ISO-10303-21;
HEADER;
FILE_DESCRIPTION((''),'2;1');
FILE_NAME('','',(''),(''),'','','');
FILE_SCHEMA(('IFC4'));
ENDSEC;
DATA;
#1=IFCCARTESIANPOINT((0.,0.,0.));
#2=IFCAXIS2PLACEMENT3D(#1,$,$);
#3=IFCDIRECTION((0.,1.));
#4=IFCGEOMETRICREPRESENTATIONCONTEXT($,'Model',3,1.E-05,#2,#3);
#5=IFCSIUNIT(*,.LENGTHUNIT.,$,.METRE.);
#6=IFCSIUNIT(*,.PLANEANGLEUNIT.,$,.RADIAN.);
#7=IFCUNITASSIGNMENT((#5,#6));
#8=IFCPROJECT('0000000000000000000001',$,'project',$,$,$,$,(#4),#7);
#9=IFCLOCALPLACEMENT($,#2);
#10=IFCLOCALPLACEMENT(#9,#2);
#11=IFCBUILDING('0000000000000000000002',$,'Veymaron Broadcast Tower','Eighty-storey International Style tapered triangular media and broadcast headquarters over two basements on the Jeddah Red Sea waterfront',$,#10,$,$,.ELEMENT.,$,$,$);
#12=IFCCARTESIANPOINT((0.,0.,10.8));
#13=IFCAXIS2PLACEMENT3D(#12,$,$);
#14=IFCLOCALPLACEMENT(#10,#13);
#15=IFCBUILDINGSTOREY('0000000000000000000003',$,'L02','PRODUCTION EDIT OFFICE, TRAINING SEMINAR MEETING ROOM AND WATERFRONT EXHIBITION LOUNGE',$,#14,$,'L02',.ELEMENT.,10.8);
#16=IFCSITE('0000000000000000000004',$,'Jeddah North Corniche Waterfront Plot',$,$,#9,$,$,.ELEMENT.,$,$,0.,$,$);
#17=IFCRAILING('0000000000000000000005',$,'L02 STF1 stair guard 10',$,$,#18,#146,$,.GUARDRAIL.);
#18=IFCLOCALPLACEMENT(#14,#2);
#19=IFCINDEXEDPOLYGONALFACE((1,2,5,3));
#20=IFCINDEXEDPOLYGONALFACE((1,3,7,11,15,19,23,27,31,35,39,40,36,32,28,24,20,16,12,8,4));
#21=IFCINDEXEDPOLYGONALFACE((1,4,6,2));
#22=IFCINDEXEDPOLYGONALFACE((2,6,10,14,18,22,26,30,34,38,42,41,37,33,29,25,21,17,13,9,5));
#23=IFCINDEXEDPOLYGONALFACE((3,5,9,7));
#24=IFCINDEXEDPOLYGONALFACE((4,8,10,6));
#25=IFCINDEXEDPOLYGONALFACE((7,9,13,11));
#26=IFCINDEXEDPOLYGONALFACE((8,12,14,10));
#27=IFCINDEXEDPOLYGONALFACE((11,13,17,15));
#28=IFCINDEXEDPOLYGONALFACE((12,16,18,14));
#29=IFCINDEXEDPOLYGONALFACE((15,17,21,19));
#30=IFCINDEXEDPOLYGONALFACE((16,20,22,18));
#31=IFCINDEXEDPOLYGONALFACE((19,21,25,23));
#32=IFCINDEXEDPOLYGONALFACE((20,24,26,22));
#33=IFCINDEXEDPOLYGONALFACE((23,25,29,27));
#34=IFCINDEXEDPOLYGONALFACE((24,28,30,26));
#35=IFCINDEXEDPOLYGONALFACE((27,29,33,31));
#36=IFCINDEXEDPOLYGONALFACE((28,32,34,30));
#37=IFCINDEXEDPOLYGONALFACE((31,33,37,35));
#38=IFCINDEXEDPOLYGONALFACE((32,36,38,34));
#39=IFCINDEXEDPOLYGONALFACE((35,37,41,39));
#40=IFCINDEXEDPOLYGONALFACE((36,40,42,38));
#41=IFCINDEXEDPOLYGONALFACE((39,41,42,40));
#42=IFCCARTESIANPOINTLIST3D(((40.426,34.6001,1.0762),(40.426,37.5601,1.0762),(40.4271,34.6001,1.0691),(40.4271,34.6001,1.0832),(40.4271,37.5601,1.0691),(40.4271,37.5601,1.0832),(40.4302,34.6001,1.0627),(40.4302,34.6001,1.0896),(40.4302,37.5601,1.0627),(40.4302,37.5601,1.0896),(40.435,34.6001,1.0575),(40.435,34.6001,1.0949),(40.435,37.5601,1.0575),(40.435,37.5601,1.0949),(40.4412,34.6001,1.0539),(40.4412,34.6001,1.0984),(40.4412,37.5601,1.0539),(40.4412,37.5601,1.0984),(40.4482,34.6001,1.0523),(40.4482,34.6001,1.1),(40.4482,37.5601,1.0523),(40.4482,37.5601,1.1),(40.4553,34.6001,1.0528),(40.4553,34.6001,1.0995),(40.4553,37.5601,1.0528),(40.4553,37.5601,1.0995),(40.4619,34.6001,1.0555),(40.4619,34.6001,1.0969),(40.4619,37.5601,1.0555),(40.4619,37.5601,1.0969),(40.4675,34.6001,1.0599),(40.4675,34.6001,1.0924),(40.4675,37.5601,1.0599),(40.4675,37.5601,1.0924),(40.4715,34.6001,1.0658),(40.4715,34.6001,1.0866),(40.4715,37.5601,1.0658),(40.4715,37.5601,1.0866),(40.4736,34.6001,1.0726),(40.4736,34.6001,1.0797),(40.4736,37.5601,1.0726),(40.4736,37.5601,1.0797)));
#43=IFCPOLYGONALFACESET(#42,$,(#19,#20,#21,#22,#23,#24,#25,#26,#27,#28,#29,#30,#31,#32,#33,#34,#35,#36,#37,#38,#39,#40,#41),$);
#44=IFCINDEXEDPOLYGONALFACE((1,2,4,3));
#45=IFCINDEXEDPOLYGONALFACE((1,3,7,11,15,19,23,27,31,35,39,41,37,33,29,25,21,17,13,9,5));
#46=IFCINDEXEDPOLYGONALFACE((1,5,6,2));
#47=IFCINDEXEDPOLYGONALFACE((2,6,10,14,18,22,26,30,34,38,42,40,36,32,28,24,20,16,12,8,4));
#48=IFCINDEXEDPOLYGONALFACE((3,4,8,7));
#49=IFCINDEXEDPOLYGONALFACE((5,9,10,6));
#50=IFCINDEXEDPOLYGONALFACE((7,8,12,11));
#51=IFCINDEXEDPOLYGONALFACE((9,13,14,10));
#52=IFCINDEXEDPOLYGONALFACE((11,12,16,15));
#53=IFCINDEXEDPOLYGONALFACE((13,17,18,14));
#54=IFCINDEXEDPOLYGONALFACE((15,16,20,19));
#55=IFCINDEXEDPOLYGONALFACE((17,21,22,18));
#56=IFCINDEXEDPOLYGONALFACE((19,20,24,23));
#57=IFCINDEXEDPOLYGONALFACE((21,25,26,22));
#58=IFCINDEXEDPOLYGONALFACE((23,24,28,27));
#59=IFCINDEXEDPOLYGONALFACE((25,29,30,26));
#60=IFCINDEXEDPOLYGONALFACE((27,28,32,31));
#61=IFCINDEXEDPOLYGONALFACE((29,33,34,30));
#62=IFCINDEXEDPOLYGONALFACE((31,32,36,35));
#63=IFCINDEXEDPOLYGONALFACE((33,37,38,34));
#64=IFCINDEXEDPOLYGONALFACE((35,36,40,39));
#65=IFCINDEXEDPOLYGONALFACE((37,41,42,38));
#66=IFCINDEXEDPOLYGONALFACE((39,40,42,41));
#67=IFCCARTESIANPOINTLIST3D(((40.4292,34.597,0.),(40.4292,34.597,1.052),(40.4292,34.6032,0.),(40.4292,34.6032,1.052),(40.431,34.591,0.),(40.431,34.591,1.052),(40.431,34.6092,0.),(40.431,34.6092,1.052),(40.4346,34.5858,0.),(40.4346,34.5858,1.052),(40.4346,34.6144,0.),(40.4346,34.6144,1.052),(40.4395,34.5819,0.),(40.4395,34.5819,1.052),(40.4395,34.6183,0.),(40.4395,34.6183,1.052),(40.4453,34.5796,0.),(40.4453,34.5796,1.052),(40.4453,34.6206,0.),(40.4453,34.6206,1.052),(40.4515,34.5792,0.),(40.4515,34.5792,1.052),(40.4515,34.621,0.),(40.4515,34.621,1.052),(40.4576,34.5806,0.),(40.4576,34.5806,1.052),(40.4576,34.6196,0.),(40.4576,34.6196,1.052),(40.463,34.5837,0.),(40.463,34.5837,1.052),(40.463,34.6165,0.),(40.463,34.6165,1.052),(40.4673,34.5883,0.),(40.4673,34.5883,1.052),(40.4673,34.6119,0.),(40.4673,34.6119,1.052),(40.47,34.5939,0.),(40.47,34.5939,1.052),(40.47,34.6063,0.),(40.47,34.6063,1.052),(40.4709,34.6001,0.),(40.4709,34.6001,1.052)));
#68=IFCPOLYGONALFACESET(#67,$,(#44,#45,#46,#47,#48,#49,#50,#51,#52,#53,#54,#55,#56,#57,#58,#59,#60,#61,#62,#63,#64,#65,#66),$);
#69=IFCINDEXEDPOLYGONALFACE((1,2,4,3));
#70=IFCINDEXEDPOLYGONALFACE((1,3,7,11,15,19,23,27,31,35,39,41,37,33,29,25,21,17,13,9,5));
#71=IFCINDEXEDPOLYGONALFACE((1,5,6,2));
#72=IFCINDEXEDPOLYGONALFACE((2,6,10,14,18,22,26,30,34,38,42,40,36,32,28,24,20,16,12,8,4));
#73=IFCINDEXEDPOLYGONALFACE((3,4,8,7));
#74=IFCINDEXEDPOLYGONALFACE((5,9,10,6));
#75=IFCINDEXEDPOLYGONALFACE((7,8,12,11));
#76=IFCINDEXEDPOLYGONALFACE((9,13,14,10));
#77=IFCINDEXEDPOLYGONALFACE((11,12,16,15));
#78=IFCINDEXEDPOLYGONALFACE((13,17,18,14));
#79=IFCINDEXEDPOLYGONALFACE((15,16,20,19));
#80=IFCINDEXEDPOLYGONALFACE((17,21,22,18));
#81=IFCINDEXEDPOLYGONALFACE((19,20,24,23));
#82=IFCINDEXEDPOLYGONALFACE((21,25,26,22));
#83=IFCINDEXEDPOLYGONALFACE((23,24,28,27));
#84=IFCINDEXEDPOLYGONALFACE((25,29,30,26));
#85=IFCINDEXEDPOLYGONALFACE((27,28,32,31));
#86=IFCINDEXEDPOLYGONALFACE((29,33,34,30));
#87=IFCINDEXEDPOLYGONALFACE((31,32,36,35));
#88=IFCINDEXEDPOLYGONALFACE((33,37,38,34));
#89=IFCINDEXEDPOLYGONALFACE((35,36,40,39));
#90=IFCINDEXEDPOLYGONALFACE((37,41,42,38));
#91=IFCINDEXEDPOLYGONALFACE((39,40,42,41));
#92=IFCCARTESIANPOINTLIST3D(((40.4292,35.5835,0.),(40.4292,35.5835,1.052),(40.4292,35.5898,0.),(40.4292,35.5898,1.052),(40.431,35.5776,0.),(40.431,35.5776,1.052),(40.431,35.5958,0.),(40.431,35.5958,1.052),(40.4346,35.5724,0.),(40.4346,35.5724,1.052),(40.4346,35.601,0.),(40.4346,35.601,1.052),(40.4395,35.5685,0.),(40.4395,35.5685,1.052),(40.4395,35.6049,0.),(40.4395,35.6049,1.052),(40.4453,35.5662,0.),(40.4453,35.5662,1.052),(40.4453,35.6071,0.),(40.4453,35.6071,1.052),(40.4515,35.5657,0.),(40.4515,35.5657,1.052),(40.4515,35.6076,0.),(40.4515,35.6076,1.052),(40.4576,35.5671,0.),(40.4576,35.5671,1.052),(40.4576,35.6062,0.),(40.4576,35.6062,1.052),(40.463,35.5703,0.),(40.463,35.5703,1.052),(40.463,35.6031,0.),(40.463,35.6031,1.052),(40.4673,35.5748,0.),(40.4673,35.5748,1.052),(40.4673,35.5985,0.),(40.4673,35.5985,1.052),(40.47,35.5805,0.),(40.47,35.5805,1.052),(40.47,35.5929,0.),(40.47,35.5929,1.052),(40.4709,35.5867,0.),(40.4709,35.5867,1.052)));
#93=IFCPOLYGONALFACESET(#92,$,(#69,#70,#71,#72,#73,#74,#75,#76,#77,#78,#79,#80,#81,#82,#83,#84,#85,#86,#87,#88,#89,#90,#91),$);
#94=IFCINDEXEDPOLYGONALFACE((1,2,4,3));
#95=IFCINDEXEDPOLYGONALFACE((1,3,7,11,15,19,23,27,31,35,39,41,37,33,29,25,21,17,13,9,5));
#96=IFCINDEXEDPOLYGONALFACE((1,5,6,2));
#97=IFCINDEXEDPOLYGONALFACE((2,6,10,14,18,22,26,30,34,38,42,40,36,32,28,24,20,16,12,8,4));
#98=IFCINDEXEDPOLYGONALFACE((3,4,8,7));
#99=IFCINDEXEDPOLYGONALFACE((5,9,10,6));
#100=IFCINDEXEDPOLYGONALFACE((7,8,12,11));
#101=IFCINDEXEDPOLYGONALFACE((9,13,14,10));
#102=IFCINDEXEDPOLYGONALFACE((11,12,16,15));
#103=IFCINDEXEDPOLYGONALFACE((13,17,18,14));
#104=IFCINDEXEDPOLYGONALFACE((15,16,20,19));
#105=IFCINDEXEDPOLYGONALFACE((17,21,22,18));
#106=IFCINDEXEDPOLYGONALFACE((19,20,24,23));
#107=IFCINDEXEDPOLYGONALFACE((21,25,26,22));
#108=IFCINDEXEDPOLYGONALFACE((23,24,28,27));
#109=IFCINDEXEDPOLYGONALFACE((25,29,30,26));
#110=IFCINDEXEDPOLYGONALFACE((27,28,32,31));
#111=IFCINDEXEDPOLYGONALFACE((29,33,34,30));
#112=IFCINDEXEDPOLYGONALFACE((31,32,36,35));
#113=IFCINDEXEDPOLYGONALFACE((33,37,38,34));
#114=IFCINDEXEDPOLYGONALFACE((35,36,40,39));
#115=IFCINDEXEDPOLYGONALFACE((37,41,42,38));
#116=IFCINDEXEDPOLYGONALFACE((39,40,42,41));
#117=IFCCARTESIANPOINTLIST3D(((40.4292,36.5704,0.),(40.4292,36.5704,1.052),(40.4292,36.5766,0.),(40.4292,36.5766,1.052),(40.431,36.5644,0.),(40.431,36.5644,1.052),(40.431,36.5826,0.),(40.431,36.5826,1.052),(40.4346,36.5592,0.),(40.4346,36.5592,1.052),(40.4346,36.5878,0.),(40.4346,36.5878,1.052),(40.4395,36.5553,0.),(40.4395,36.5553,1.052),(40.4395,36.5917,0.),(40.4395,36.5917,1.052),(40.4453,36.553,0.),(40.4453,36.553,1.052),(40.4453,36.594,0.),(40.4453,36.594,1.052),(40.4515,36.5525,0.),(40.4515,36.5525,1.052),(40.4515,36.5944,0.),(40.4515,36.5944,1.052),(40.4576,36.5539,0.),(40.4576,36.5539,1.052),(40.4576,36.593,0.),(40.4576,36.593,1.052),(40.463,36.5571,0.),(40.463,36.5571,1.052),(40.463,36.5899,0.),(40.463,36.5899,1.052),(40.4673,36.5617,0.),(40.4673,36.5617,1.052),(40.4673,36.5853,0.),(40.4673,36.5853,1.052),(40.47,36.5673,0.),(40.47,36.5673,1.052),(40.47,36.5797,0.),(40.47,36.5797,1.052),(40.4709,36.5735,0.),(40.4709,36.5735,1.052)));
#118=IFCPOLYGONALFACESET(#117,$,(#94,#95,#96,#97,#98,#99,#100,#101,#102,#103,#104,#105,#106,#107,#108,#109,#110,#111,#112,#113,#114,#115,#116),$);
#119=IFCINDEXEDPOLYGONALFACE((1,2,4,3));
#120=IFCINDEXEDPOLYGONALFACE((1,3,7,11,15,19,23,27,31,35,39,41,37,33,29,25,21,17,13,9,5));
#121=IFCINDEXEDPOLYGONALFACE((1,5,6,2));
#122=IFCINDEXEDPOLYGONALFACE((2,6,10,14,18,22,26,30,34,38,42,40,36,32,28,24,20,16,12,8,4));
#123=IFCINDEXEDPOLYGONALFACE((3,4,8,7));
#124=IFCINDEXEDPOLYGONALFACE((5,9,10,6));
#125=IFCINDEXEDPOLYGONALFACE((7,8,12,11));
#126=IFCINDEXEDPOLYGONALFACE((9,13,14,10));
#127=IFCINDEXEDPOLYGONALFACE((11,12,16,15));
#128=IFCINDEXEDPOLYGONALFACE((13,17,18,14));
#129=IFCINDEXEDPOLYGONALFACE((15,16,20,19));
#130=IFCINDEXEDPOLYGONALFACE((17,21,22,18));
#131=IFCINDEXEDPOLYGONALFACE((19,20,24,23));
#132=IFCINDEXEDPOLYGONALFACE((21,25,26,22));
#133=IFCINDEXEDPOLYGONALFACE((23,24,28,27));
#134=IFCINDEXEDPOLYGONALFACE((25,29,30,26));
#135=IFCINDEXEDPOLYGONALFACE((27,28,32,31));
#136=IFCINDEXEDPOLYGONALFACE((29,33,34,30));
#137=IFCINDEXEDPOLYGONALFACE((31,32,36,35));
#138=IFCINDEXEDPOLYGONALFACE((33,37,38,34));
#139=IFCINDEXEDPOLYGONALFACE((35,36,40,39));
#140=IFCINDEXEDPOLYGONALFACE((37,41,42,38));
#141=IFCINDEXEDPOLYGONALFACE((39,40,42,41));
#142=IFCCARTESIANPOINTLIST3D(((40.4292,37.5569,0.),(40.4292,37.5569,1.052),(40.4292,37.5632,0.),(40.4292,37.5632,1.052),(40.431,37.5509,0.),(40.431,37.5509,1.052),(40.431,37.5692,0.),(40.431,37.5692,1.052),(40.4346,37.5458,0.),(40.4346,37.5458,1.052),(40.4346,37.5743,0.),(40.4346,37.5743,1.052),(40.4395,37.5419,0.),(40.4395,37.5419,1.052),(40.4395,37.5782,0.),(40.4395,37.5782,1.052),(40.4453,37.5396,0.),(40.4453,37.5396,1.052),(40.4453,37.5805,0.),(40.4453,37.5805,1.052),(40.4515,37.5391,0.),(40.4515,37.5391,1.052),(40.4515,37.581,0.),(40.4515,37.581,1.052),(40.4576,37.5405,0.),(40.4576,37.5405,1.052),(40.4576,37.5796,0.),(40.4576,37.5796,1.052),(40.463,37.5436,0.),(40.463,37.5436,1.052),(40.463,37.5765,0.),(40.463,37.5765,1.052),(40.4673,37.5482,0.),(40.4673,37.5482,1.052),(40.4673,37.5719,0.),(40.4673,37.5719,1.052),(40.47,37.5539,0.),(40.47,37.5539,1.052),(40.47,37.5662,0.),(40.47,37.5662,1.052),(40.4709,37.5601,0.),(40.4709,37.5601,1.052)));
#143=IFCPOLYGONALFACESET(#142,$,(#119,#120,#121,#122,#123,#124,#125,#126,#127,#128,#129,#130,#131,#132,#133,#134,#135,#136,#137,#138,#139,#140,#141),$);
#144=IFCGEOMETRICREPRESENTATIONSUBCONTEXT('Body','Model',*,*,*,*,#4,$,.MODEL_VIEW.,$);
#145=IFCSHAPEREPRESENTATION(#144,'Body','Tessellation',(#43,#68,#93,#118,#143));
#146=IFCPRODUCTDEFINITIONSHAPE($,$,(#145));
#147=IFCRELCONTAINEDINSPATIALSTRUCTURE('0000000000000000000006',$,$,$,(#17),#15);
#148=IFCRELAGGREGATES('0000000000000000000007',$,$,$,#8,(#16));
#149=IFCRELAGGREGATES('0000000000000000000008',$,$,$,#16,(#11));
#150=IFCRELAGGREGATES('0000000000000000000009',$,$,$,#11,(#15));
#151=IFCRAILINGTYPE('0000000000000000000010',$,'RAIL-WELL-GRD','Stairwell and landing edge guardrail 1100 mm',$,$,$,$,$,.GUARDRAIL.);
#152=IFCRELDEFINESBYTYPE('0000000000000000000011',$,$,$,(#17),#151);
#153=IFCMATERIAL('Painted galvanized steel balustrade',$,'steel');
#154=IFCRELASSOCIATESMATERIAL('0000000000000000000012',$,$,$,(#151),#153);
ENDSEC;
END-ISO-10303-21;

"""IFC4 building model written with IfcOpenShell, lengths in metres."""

from ifc_helpers import new_model, si_unit, direction, frame, origin, origin_2d, place, context, subcontext, project, spatial, circle, extrude, material, type_object, element, save


model = new_model("IFC4")

# Units and contexts
model_context = context("Model", 3, precision=1e-05, world=origin(), true_north=direction((0.0, 1.0)))
body_context = subcontext(model_context, "Body", "Model", "MODEL_VIEW")
ifc_project = project(units=[si_unit("LENGTHUNIT", "METRE"), si_unit("PLANEANGLEUNIT", "RADIAN")], contexts=[model_context])

# Site, building, storey
site_placement = place(None, origin())
site = spatial("IfcSite", under=ifc_project, at=site_placement, Name="Jeddah North Corniche Waterfront Plot", CompositionType="ELEMENT", RefElevation=0.0)
building_placement = place(site_placement, origin())
building = spatial("IfcBuilding", under=site, at=building_placement, Name="Veymaron Broadcast Tower", Description="Eighty-storey International Style tapered triangular media and broadcast headquarters over two basements on the Jeddah Red Sea waterfront", CompositionType="ELEMENT")
storey_placement = place(building_placement, frame((0.0, 0.0, 10.8)))
storey = spatial("IfcBuildingStorey", under=building, at=storey_placement, Name="L02", Description="PRODUCTION EDIT OFFICE, TRAINING SEMINAR MEETING ROOM AND WATERFRONT EXHIBITION LOUNGE", LongName="L02", CompositionType="ELEMENT", Elevation=10.8)

# Railing
ifc_material_1 = material(Name="Painted galvanized steel balustrade", Category="steel")
railing_type_1 = type_object("IfcRailingType", Name="RAIL-WELL-GRD", Description="Stairwell and landing edge guardrail 1100 mm", PredefinedType="GUARDRAIL", material=ifc_material_1)
railing_1_placement = place(storey_placement, frame((40.45, 34.6001, 0.0)))
element("IfcRailing", 1, at=railing_1_placement, inside=storey, type_object=railing_type_1, Name="L02 STF1 stair guard 10", PredefinedType="GUARDRAIL", context=body_context, shape_type="SweptSolid", body=[
    extrude(circle(Radius=0.0239, at=origin_2d()), frame((0.0, 0.0, 1.0762), z_axis=(0.0, 1.0, 0.0), x_axis=(-1.0, 0.0, 0.0)), (0.0, 0.0, 1.0), 2.96),
    extrude(circle(Radius=0.021, at=origin_2d()), origin(), (0.0, 0.0, 1.0), 1.052),
    extrude(circle(Radius=0.021, at=origin_2d()), frame((0.0, 0.9866, 0.0)), (0.0, 0.0, 1.0), 1.052),
    extrude(circle(Radius=0.021, at=origin_2d()), frame((0.0, 1.9734, 0.0)), (0.0, 0.0, 1.0), 1.052),
    extrude(circle(Radius=0.021, at=origin_2d()), frame((0.0, 2.96, 0.0)), (0.0, 0.0, 1.0), 1.052),
])

save(model, "model.ifc")
